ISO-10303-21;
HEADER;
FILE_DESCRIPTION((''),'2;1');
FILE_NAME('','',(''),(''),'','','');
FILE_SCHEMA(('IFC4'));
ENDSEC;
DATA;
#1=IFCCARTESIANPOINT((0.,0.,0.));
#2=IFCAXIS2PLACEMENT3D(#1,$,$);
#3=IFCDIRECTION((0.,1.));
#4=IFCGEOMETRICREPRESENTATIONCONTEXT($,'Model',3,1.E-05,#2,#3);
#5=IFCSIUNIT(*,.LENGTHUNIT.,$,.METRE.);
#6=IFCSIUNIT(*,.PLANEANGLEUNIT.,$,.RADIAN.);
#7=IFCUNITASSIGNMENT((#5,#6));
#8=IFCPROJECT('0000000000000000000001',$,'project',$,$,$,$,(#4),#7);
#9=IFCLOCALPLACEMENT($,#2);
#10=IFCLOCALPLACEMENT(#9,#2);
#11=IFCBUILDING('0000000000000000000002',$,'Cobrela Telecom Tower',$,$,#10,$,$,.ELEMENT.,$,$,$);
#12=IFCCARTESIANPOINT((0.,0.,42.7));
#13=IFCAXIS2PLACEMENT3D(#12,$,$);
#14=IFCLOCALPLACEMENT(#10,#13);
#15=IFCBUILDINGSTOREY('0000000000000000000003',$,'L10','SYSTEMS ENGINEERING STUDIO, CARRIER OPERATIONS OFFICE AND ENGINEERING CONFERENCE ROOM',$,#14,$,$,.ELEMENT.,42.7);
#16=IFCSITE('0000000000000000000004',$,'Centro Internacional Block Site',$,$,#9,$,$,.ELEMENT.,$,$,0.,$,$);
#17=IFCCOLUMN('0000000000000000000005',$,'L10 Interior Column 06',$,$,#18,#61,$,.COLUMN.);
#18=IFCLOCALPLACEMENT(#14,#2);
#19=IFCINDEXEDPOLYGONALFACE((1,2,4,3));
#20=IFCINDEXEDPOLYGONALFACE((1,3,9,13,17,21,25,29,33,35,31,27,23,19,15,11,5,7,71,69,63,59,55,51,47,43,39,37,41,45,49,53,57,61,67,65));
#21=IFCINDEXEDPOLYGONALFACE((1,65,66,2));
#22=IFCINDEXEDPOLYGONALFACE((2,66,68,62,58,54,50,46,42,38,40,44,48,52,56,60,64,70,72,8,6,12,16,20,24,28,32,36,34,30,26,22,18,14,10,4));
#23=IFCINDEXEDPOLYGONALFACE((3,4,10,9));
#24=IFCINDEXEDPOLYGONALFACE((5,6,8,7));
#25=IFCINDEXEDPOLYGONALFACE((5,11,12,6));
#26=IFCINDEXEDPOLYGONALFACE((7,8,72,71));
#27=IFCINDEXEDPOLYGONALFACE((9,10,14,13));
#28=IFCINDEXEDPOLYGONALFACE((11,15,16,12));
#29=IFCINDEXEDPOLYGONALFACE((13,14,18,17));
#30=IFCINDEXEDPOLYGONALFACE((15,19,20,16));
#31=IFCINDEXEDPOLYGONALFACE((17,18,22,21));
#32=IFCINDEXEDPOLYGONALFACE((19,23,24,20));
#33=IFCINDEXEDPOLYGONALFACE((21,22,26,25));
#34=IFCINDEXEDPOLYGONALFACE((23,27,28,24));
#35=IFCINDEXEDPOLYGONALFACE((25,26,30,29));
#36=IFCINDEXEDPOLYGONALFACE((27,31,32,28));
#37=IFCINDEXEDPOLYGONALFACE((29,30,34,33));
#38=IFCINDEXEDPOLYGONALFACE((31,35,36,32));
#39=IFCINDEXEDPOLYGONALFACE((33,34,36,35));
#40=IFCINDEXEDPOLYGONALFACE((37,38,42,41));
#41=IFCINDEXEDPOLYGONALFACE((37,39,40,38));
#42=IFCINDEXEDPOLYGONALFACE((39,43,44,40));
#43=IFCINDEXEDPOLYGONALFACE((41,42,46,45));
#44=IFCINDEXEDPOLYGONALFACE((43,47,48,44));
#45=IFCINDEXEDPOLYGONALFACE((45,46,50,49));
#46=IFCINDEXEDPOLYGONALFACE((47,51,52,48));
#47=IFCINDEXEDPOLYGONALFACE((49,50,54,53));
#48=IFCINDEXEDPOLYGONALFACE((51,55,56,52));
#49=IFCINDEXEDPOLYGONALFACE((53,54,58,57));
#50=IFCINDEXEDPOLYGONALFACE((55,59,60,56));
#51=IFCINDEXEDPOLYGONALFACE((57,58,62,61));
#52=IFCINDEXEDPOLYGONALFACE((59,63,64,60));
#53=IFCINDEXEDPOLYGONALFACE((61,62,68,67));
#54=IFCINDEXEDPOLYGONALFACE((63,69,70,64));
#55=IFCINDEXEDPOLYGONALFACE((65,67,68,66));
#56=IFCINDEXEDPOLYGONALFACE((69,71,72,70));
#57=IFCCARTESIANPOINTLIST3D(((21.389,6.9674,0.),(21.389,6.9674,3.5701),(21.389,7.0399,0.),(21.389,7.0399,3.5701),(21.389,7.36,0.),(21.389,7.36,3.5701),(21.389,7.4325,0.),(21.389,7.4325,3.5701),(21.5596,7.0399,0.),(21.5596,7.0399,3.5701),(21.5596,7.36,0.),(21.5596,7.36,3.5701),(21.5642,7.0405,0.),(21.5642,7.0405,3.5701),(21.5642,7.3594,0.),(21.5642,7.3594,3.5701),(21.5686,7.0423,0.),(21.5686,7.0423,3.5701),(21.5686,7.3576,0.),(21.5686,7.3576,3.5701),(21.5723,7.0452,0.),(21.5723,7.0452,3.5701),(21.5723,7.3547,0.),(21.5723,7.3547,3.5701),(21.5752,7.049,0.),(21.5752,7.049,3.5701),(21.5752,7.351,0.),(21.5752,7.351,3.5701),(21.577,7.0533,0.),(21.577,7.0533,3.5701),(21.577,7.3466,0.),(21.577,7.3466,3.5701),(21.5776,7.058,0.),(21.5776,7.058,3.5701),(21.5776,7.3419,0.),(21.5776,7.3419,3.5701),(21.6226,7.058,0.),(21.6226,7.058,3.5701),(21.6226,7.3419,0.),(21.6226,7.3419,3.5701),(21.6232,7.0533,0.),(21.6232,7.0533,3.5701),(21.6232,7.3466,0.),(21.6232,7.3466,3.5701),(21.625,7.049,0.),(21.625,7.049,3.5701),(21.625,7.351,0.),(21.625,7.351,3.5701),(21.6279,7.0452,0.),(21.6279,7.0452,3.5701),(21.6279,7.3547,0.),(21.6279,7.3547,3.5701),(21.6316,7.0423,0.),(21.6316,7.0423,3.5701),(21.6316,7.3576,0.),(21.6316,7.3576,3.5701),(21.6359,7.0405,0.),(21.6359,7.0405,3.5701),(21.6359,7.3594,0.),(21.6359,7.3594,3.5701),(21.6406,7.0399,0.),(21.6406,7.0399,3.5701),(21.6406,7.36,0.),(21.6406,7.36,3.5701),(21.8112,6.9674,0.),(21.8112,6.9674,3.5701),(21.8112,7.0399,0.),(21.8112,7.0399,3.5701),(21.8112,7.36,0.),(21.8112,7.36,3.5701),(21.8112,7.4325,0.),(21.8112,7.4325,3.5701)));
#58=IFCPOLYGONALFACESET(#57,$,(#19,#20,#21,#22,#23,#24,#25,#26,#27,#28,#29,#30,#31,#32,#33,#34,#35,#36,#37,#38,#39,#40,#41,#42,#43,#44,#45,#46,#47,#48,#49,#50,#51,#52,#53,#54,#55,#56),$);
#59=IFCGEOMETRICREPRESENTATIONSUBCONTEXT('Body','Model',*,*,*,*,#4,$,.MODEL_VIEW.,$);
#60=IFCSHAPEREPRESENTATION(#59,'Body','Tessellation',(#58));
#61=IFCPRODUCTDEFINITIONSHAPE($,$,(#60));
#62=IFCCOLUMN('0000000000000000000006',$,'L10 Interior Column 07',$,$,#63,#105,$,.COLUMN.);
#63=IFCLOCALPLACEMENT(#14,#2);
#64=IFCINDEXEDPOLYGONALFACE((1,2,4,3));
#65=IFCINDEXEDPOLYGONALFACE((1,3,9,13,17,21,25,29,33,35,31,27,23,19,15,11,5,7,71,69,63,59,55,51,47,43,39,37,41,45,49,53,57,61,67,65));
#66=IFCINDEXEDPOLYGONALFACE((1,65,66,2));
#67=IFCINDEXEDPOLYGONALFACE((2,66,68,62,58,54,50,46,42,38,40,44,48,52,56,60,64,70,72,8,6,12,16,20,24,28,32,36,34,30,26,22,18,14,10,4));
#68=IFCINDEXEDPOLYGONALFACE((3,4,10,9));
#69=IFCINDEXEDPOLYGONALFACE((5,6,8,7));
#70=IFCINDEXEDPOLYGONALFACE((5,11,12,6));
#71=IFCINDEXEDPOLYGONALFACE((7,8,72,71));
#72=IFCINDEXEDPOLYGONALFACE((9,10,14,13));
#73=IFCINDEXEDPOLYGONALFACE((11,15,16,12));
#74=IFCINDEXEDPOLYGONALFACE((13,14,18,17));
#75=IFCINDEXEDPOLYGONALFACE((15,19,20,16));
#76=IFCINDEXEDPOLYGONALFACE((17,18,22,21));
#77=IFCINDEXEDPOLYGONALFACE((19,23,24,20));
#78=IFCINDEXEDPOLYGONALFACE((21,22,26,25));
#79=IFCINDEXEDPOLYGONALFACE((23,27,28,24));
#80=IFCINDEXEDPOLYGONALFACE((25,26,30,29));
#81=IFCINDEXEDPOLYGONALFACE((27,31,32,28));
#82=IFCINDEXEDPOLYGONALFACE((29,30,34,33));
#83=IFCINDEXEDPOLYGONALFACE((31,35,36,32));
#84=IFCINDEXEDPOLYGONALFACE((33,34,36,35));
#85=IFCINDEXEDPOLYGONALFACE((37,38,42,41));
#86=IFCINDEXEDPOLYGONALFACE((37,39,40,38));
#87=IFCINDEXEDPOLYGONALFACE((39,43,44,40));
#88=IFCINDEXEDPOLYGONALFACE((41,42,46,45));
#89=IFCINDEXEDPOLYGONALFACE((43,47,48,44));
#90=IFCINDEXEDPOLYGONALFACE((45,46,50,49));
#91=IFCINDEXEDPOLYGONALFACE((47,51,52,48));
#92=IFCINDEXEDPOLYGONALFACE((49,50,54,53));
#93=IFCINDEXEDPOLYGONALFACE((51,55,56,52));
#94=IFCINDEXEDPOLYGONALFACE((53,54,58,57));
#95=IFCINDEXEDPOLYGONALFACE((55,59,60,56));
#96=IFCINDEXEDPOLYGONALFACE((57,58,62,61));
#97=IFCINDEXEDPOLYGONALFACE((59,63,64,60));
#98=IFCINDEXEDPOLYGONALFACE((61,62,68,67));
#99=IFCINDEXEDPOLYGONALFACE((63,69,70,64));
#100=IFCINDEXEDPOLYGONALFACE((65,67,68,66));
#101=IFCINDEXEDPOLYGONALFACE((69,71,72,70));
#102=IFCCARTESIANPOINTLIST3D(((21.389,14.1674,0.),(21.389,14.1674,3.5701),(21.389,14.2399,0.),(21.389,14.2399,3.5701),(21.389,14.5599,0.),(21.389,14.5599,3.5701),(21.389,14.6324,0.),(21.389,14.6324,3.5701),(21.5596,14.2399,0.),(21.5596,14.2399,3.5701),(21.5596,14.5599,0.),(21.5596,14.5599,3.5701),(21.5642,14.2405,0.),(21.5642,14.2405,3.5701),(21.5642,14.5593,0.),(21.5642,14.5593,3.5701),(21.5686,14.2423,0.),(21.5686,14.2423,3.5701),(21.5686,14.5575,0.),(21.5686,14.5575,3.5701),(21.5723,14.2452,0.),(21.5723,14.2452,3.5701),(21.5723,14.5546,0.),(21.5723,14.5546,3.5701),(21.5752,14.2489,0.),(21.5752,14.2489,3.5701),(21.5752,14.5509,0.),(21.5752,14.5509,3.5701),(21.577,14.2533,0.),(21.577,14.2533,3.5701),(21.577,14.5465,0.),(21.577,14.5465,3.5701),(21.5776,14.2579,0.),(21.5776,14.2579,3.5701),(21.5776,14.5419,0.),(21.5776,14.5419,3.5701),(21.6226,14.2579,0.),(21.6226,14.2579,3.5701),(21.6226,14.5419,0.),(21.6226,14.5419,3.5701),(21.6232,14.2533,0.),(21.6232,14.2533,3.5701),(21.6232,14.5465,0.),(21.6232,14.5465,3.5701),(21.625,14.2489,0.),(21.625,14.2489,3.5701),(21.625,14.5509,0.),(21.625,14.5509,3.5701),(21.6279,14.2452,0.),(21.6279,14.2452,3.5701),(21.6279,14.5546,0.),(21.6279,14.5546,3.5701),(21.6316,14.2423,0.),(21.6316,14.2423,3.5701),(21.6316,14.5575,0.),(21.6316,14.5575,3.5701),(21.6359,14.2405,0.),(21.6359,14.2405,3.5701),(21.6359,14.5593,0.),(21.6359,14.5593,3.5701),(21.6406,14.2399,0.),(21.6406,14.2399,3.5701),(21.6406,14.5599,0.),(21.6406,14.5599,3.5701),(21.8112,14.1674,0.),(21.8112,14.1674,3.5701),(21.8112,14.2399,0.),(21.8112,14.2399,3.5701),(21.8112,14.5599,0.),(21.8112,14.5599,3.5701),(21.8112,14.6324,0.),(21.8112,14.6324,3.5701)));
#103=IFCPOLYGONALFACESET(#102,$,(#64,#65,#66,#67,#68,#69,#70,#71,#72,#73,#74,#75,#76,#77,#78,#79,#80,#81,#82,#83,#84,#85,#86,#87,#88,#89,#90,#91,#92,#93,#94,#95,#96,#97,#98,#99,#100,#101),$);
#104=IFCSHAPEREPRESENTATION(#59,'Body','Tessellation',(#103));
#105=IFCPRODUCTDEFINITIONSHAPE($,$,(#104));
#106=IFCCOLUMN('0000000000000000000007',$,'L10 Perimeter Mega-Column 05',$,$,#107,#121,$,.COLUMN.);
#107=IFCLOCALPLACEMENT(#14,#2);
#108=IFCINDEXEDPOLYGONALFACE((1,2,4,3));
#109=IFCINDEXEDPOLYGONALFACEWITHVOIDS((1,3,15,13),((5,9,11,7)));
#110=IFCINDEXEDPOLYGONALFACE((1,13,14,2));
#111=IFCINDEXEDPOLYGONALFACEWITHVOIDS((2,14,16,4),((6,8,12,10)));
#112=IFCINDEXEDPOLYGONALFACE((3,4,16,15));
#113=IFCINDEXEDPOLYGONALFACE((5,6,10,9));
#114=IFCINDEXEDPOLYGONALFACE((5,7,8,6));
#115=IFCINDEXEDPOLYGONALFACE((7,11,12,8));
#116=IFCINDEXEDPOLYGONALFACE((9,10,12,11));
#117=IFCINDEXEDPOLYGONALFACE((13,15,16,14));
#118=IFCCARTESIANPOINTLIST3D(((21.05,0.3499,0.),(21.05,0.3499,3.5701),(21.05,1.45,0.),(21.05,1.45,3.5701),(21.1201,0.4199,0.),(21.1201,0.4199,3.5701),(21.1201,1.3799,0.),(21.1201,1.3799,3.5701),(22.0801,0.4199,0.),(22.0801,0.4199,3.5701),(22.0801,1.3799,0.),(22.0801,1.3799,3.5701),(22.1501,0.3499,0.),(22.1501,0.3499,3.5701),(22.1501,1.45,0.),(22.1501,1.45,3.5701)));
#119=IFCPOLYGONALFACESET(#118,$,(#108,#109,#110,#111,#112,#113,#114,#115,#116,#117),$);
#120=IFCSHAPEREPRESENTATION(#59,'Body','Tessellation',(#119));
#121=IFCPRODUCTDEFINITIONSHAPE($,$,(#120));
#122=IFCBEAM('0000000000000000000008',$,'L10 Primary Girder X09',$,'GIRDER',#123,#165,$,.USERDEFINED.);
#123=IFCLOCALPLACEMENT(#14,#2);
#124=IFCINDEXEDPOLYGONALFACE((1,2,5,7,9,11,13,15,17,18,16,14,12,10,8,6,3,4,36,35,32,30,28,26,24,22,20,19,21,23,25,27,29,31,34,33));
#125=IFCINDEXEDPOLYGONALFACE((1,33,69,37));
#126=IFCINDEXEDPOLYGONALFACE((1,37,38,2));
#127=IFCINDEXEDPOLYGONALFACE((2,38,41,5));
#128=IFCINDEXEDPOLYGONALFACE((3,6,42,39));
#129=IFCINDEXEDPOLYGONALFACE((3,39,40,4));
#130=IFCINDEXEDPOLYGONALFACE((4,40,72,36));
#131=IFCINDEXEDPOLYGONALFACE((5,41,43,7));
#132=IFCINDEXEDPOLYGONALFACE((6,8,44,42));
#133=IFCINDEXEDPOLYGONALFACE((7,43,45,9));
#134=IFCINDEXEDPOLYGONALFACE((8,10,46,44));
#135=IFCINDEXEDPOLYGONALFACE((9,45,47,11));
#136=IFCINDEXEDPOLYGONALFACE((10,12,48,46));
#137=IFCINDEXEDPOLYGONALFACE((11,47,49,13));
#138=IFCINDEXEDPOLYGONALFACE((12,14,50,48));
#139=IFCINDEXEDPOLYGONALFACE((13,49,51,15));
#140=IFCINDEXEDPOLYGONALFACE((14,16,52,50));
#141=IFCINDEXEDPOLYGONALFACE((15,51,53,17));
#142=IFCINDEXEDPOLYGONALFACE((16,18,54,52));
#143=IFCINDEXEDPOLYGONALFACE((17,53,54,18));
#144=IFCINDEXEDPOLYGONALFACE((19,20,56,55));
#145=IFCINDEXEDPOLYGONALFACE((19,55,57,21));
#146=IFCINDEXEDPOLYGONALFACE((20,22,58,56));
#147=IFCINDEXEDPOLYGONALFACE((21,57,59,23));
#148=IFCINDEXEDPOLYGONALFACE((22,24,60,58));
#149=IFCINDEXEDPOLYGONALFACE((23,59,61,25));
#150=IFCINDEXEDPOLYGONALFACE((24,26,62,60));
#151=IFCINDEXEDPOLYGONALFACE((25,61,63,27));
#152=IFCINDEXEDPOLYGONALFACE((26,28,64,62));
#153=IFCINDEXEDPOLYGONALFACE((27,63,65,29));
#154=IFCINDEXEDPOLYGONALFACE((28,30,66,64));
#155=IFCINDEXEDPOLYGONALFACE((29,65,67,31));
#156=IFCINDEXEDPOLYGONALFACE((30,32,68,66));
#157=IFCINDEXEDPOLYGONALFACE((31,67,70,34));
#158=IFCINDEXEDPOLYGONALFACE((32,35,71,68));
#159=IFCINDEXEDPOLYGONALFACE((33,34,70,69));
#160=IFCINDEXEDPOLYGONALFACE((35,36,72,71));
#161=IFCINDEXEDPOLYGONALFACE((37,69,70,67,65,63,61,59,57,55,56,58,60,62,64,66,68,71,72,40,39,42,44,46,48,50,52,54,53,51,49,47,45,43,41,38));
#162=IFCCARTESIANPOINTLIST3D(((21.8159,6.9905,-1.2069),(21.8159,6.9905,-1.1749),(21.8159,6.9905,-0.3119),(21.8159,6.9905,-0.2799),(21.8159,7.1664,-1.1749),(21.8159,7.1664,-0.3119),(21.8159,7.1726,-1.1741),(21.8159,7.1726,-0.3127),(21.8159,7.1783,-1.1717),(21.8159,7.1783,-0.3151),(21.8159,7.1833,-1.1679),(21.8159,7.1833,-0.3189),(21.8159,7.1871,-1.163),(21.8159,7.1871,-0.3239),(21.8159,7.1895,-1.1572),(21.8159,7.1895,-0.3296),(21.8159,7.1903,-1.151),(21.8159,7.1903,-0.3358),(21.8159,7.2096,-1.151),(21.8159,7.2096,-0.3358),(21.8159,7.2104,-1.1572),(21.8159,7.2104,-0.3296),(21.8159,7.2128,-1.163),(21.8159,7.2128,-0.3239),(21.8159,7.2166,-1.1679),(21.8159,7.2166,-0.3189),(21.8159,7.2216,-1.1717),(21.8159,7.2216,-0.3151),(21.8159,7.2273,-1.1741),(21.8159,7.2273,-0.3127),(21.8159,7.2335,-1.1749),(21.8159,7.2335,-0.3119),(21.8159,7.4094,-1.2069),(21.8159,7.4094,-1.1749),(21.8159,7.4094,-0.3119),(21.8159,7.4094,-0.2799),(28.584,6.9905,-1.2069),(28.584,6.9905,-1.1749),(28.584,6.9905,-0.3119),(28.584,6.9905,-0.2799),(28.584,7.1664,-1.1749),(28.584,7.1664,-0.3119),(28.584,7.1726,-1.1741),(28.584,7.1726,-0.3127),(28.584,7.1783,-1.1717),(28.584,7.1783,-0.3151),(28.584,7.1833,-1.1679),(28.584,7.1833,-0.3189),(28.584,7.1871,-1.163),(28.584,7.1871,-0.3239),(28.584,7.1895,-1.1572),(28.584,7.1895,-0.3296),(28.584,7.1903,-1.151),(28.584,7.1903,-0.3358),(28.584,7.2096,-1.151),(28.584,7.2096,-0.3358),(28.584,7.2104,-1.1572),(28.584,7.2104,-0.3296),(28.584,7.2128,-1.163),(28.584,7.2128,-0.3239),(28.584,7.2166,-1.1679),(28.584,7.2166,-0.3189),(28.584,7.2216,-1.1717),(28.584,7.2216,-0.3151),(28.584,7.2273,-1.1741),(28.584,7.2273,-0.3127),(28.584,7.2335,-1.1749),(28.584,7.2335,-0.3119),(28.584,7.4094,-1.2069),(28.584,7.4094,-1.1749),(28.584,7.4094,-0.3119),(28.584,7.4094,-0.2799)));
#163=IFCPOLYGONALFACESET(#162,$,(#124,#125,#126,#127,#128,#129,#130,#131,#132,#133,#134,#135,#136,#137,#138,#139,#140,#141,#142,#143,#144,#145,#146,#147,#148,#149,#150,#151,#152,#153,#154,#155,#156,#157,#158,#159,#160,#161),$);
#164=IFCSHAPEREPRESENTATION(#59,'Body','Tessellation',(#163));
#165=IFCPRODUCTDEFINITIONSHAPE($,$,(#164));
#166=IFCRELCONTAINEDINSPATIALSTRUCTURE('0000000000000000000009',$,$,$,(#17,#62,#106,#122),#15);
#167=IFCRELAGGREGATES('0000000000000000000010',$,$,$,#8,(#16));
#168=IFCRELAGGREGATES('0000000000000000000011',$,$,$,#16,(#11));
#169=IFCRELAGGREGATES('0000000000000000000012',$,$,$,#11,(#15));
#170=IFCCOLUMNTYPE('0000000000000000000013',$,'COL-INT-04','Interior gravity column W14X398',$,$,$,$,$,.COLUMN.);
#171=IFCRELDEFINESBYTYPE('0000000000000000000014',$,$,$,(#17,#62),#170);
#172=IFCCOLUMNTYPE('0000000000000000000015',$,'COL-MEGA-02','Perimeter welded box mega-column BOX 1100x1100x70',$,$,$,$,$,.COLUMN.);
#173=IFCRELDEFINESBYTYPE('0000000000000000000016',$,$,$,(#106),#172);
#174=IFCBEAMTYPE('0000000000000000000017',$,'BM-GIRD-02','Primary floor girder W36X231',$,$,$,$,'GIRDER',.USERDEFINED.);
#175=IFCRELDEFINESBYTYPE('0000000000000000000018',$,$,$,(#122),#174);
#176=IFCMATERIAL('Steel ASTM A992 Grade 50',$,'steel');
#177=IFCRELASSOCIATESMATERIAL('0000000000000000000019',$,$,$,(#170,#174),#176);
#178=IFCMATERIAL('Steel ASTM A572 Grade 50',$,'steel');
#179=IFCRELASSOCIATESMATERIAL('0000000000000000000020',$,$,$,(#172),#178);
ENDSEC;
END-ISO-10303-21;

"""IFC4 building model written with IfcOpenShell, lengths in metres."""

from ifc_helpers import new_model, si_unit, direction, frame, origin, origin_2d, place, context, subcontext, project, spatial, hollow_rectangle, i_section, extrude, material, material_profile, profile_set, type_object, element, save


model = new_model("IFC4")

# Units and contexts
model_context = context("Model", 3, precision=1e-05, world=origin(), true_north=direction((0.0, 1.0)))
body_context = subcontext(model_context, "Body", "Model", "MODEL_VIEW")
ifc_project = project(units=[si_unit("LENGTHUNIT", "METRE"), si_unit("PLANEANGLEUNIT", "RADIAN")], contexts=[model_context])

# Site, building, storey
site_placement = place(None, origin())
site = spatial("IfcSite", under=ifc_project, at=site_placement, Name="Centro Internacional Block Site", CompositionType="ELEMENT", RefElevation=0.0)
building_placement = place(site_placement, origin())
building = spatial("IfcBuilding", under=site, at=building_placement, Name="Cobrela Telecom Tower", CompositionType="ELEMENT")
storey_placement = place(building_placement, frame((0.0, 0.0, 42.7)))
storey = spatial("IfcBuildingStorey", under=building, at=storey_placement, Name="L10", Description="SYSTEMS ENGINEERING STUDIO, CARRIER OPERATIONS OFFICE AND ENGINEERING CONFERENCE ROOM", CompositionType="ELEMENT", Elevation=42.7)

# Columns
ifc_material_1 = material(Name="Steel ASTM A992 Grade 50", Category="steel")
ifc_material_profile_1 = material_profile(ifc_material_1, i_section(OverallWidth=0.4221, OverallDepth=0.4651, WebThickness=0.0449, FlangeThickness=0.0725, FilletRadius=0.0181, at=origin_2d()), Name="W14X398")
ifc_profile_set_1 = profile_set([ifc_material_profile_1], Name="Steel ASTM A992 Grade 50")
column_type_1 = type_object("IfcColumnType", Name="COL-INT-04", Description="Interior gravity column W14X398", PredefinedType="COLUMN", material=ifc_profile_set_1)
for number, where, z_axis, x_axis, name in (
    (1, (21.6001, 7.2, 0.0), (0.0, 0.0, 1.0), (1.0, 0.0, 0.0), "L10 Interior Column 06"),
    (2, (21.6001, 14.3999, 0.0), (0.0, 0.0, 1.0), (1.0, 0.0, 0.0), "L10 Interior Column 07"),
):
    element("IfcColumn", number, at=place(storey_placement, frame(where, z_axis=z_axis, x_axis=x_axis)), inside=storey, type_object=column_type_1, Name=name, PredefinedType="COLUMN", context=body_context, shape_type="SweptSolid", body=[
        extrude(i_section(OverallWidth=0.4221, OverallDepth=0.4651, WebThickness=0.0449, FlangeThickness=0.0725, FilletRadius=0.0181, at=origin_2d()), origin(), (0.0, 0.0, 1.0), 3.5701),
    ])
ifc_material_2 = material(Name="Steel ASTM A572 Grade 50", Category="steel")
ifc_material_profile_2 = material_profile(ifc_material_2, hollow_rectangle(XDim=1.1001, YDim=1.1001, WallThickness=0.0701, at=origin_2d()), Name="BOX 1100x1100x70")
ifc_profile_set_2 = profile_set([ifc_material_profile_2], Name="Steel ASTM A572 Grade 50")
column_type_2 = type_object("IfcColumnType", Name="COL-MEGA-02", Description="Perimeter welded box mega-column BOX 1100x1100x70", PredefinedType="COLUMN", material=ifc_profile_set_2)
column_placement = place(storey_placement, frame((21.6001, 0.8999, 0.0), z_axis=(0.0, 0.0, 1.0), x_axis=(1.0, 0.0, 0.0)))
element("IfcColumn", 3, at=column_placement, inside=storey, type_object=column_type_2, Name="L10 Perimeter Mega-Column 05", PredefinedType="COLUMN", context=body_context, shape_type="SweptSolid", body=[
    extrude(hollow_rectangle(XDim=1.1001, YDim=1.1001, WallThickness=0.0701, at=origin_2d()), origin(), (0.0, 0.0, 1.0), 3.5701),
])

# Beam
ifc_material_profile_3 = material_profile(ifc_material_1, i_section(OverallWidth=0.4189, OverallDepth=0.927, WebThickness=0.0193, FlangeThickness=0.032, FilletRadius=0.0239, at=origin_2d()), Name="W36X231")
ifc_profile_set_3 = profile_set([ifc_material_profile_3], Name="Steel ASTM A992 Grade 50")
beam_type_1 = type_object("IfcBeamType", Name="BM-GIRD-02", Description="Primary floor girder W36X231", ElementType="GIRDER", PredefinedType="USERDEFINED", material=ifc_profile_set_3)
for number, where, z_axis, x_axis, name in (
    (4, (21.8159, 7.2, -0.7434), (1.0, 0.0, 0.0), (0.0, 1.0, 0.0), "L10 Primary Girder X09"),
):
    element("IfcBeam", number, at=place(storey_placement, frame(where, z_axis=z_axis, x_axis=x_axis)), inside=storey, type_object=beam_type_1, Name=name, ObjectType="GIRDER", PredefinedType="USERDEFINED", context=body_context, shape_type="SweptSolid", body=[
        extrude(i_section(OverallWidth=0.4189, OverallDepth=0.927, WebThickness=0.0193, FlangeThickness=0.032, FilletRadius=0.0239, at=origin_2d()), origin(), (0.0, 0.0, 1.0), 6.7681),
    ])

save(model, "model.ifc")
